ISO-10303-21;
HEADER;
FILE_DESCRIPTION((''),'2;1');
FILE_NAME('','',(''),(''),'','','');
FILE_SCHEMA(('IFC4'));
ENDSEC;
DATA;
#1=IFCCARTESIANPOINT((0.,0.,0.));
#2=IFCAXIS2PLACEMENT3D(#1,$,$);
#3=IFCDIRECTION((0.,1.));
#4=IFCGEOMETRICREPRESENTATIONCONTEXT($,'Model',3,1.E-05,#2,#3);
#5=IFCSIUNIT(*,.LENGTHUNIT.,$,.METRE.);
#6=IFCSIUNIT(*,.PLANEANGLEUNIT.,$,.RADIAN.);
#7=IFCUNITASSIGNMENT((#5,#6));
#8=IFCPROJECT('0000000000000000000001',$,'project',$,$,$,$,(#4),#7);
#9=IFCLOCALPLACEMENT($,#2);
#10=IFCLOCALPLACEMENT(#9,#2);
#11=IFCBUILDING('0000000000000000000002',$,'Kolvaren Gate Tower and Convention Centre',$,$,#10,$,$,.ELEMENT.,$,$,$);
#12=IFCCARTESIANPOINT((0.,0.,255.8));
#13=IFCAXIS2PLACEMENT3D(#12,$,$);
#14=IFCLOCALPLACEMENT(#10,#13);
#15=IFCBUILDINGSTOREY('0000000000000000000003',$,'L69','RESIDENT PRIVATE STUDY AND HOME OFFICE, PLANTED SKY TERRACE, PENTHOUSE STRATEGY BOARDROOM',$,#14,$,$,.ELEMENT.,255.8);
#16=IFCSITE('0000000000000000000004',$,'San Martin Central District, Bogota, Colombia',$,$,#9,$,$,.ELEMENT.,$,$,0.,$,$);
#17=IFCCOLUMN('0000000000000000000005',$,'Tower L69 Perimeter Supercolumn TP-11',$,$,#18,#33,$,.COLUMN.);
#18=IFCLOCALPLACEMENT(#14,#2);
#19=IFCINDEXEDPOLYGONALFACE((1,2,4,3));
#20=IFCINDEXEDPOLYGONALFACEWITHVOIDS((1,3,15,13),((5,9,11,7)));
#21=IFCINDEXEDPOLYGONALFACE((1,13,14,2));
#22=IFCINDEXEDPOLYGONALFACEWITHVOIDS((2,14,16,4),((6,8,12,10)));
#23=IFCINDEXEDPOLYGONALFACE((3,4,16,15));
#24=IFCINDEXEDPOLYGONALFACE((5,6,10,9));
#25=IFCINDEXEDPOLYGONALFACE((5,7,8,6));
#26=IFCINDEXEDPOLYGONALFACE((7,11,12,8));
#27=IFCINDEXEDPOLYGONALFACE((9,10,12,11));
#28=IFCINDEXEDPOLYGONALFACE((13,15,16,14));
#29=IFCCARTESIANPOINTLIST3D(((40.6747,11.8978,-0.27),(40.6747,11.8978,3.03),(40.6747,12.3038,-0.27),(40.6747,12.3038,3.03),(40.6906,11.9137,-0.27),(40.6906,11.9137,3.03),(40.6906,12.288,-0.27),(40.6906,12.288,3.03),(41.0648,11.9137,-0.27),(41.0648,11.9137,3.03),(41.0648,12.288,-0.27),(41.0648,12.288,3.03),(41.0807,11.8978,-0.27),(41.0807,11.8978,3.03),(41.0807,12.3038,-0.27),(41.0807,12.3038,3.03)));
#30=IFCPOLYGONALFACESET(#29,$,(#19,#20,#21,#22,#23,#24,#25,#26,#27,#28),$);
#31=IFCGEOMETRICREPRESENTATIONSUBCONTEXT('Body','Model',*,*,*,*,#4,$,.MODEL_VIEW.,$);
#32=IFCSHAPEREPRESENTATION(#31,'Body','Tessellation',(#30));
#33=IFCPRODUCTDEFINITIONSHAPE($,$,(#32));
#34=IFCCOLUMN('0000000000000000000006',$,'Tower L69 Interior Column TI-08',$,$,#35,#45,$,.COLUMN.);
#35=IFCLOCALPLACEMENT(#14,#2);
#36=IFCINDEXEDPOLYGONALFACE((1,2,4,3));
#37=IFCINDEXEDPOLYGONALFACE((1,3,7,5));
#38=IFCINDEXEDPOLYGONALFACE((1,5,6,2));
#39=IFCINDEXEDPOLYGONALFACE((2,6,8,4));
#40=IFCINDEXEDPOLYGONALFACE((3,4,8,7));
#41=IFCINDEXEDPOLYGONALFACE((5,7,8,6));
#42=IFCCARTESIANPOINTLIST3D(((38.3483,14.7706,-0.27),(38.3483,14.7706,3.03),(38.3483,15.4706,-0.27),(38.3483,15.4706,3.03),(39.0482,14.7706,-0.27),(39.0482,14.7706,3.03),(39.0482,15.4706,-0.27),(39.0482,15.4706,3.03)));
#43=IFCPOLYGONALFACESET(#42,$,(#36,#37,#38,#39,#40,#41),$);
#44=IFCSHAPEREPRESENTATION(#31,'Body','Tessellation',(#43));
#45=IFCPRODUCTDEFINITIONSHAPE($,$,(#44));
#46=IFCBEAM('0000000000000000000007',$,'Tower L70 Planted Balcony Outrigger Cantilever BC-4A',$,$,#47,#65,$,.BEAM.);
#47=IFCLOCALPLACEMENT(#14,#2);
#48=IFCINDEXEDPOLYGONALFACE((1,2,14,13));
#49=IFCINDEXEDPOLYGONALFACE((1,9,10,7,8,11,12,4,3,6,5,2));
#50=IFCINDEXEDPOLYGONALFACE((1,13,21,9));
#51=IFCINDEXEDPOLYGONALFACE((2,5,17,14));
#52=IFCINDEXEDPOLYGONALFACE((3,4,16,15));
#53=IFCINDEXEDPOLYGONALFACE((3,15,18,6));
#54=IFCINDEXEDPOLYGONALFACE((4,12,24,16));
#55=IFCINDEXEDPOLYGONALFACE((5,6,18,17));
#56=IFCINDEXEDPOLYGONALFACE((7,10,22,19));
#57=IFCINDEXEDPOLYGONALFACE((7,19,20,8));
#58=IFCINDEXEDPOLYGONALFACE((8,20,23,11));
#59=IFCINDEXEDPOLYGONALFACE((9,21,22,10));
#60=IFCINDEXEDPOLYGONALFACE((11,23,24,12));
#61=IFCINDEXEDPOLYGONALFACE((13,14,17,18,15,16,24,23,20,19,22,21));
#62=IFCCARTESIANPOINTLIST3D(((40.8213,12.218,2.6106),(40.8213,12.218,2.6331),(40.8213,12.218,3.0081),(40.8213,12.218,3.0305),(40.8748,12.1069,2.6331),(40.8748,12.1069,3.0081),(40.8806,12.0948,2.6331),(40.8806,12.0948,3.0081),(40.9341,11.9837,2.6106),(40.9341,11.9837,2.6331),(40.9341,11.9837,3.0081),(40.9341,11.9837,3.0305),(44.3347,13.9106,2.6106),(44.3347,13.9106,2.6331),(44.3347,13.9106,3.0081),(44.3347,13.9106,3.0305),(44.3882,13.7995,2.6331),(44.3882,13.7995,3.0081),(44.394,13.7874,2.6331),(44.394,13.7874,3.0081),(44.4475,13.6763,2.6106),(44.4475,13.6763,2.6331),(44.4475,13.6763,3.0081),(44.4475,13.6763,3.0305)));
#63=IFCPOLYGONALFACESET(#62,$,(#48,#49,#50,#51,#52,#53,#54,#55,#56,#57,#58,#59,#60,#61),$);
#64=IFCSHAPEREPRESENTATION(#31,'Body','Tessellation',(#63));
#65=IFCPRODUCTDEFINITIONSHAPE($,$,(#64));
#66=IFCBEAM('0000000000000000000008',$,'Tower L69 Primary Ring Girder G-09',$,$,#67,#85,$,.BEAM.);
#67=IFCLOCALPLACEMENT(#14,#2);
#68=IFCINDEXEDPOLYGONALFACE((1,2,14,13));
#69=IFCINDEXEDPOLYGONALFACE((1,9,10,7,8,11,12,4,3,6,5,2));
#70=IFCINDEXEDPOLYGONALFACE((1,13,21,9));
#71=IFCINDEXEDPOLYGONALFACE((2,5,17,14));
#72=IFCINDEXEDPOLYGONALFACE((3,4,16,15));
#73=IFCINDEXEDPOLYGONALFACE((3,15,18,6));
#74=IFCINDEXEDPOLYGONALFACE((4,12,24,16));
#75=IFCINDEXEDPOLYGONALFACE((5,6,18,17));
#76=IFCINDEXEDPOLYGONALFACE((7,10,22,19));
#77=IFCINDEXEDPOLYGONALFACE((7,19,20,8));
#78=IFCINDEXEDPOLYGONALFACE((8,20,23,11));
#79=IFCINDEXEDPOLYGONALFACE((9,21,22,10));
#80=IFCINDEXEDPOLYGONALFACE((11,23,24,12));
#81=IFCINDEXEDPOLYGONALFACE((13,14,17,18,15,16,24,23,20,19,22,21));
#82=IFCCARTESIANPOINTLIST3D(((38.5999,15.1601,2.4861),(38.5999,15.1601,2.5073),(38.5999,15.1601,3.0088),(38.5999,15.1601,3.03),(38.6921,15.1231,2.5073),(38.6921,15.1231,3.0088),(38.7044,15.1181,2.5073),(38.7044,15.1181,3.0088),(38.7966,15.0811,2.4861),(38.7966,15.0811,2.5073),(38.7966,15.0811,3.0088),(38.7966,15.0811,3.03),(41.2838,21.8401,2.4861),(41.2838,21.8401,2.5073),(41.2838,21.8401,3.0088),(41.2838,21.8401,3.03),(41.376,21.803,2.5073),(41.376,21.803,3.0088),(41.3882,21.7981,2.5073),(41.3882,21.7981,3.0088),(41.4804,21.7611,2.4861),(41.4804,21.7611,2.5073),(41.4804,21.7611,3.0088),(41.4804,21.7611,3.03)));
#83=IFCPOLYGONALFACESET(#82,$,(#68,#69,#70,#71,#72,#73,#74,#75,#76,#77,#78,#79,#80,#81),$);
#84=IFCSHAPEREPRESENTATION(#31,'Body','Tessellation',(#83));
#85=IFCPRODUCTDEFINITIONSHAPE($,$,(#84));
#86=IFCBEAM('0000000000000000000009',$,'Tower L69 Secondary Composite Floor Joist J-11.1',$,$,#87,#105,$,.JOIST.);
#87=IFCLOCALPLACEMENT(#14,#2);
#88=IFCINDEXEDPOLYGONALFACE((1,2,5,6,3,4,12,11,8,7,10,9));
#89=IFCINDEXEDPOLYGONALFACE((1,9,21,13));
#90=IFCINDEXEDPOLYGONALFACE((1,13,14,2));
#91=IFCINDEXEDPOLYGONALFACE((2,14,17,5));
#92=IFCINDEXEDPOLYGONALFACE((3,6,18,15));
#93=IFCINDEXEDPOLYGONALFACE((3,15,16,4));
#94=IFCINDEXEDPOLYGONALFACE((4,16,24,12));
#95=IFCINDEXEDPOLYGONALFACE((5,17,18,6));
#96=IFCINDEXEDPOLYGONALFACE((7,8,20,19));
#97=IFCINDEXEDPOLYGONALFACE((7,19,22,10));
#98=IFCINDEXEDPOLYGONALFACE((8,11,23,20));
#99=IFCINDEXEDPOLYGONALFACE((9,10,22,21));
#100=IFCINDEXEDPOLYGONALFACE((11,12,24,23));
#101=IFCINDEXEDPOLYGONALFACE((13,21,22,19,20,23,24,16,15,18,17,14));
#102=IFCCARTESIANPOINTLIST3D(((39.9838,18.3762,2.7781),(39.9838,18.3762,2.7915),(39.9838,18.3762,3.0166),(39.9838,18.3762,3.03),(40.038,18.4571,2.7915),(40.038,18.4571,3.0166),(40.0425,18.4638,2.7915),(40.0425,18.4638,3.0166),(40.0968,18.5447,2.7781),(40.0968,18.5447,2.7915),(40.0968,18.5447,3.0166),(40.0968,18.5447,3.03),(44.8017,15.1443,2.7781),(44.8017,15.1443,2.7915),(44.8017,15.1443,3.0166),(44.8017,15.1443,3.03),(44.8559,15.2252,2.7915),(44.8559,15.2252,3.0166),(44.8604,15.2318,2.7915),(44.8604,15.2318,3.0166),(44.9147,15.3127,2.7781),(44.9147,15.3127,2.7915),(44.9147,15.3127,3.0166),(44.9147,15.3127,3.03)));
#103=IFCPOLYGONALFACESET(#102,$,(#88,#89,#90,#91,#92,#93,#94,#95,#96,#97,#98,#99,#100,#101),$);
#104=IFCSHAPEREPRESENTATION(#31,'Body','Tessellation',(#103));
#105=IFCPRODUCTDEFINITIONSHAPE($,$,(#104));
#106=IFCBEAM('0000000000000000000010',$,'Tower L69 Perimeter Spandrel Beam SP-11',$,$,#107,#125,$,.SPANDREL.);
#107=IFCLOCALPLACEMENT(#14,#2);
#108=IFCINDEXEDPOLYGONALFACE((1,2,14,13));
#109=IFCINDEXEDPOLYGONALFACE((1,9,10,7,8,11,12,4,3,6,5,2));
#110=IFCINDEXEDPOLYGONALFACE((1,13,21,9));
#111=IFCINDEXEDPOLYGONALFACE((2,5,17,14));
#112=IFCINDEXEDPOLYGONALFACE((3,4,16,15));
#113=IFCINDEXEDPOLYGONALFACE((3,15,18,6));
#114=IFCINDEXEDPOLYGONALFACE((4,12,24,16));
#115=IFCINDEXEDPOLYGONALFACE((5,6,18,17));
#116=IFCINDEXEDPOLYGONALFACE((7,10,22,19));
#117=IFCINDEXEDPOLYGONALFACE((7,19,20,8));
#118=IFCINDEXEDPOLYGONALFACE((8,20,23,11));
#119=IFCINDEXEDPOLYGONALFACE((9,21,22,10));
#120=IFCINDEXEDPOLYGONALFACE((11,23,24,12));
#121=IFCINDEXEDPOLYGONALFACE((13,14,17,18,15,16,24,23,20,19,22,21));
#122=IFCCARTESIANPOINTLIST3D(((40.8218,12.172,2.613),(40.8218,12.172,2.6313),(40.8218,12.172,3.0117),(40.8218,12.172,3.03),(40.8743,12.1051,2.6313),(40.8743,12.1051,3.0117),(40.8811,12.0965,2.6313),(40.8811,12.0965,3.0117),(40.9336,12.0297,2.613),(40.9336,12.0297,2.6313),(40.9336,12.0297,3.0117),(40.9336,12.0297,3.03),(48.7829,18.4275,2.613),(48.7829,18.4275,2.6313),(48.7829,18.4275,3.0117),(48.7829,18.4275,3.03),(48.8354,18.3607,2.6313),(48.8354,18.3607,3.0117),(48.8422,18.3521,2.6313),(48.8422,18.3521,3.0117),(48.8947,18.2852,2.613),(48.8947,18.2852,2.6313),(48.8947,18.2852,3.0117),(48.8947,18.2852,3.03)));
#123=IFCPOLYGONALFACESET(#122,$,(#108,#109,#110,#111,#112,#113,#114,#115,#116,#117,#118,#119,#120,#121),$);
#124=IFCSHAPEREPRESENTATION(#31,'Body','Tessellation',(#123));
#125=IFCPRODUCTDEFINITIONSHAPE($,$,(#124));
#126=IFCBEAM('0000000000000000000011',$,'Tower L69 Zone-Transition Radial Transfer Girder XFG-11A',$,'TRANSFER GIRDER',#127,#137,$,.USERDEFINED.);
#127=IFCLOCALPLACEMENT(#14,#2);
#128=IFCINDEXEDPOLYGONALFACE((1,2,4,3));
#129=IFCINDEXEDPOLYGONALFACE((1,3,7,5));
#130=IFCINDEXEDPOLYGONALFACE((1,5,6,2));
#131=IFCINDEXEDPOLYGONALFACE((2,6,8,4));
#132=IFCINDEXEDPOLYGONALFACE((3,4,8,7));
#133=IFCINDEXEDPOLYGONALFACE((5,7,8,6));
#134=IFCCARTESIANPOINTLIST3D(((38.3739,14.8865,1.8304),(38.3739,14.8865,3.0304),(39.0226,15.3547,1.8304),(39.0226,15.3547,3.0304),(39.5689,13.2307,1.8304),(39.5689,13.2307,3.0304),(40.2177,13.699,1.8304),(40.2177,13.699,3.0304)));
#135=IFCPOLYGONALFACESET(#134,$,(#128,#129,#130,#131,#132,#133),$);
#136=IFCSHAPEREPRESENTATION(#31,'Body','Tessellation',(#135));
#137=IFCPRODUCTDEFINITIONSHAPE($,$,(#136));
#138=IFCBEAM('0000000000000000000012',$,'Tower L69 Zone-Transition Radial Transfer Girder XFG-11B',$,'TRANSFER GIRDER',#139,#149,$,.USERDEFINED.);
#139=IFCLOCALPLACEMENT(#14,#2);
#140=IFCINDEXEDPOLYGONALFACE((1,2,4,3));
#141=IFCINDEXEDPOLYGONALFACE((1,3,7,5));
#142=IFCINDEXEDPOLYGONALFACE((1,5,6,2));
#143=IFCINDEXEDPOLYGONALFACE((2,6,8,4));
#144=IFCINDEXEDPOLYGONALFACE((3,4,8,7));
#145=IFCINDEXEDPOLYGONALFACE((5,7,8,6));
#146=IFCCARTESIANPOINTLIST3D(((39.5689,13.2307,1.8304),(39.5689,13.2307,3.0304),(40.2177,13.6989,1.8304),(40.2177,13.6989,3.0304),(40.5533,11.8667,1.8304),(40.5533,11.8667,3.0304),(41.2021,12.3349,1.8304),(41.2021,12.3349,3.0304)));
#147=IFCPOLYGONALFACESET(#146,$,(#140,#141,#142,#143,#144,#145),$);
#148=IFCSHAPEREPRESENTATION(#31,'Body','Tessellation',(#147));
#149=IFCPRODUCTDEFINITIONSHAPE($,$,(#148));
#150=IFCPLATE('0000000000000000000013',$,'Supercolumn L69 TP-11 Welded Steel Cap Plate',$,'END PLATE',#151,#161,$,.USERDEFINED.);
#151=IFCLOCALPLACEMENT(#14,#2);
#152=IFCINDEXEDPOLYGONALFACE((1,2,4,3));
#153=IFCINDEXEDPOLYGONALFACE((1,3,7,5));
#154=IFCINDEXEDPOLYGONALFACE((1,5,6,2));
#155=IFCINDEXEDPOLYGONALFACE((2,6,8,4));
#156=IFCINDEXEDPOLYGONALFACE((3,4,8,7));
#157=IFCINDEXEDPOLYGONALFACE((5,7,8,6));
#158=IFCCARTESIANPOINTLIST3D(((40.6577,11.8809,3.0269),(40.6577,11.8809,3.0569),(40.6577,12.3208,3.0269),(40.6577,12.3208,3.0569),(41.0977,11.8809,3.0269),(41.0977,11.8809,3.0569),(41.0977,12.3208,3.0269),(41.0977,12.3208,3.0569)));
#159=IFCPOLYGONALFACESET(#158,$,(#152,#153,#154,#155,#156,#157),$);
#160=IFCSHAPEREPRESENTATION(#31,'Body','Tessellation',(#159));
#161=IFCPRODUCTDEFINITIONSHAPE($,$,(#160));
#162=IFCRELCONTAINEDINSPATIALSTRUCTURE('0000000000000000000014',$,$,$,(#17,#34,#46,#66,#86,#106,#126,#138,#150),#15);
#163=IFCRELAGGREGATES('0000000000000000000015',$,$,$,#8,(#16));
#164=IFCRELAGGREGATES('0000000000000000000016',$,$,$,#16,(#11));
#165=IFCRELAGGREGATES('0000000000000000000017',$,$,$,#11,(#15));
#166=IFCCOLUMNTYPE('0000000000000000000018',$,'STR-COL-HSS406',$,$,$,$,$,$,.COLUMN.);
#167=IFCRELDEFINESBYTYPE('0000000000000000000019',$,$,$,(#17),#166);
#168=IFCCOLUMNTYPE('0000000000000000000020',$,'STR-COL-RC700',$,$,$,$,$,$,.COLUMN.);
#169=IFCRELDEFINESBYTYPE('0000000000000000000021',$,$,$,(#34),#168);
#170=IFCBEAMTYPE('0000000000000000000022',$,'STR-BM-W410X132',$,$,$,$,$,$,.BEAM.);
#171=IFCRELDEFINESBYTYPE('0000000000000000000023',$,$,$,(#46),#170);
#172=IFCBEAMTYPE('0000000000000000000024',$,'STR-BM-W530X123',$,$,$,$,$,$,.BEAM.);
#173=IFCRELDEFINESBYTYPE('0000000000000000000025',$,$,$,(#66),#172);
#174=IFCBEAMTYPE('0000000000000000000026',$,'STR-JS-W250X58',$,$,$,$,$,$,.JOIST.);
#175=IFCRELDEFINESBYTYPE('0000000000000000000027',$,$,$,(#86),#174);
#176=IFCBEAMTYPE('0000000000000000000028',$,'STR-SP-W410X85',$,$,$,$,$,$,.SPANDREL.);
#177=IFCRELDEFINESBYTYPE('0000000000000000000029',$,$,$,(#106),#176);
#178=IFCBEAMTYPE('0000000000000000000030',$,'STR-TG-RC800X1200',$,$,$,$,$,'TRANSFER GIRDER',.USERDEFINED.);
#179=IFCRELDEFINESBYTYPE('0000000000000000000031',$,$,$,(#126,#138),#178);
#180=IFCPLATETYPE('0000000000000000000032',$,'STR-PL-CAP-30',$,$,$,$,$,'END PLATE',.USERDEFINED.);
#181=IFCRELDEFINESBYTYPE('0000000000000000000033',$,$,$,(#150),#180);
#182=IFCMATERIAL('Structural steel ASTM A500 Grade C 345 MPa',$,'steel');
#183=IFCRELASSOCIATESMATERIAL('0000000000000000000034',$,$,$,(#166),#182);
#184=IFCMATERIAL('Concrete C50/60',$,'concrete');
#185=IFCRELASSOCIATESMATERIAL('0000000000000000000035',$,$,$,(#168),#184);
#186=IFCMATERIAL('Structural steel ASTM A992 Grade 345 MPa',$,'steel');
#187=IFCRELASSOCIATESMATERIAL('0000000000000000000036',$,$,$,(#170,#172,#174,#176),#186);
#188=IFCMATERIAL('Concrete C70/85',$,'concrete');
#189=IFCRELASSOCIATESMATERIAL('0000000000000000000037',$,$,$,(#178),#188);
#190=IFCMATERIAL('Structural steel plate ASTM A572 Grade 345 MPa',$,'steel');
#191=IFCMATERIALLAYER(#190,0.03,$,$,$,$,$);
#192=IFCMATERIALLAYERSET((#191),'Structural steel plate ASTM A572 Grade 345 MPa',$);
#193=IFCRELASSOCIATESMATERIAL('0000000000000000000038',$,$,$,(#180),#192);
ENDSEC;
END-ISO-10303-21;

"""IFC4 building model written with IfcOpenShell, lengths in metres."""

from ifc_helpers import new_model, si_unit, direction, frame, origin, origin_2d, place, context, subcontext, project, spatial, rectangle, hollow_rectangle, i_section, extrude, material, layer, layer_set, material_profile, profile_set, type_object, element, save


model = new_model("IFC4")

# Units and contexts
model_context = context("Model", 3, precision=1e-05, world=origin(), true_north=direction((0.0, 1.0)))
body_context = subcontext(model_context, "Body", "Model", "MODEL_VIEW")
ifc_project = project(units=[si_unit("LENGTHUNIT", "METRE"), si_unit("PLANEANGLEUNIT", "RADIAN")], contexts=[model_context])

# Site, building, storey
site_placement = place(None, origin())
site = spatial("IfcSite", under=ifc_project, at=site_placement, Name="San Martin Central District, Bogota, Colombia", CompositionType="ELEMENT", RefElevation=0.0)
building_placement = place(site_placement, origin())
building = spatial("IfcBuilding", under=site, at=building_placement, Name="Kolvaren Gate Tower and Convention Centre", CompositionType="ELEMENT")
storey_placement = place(building_placement, frame((0.0, 0.0, 255.8)))
storey = spatial("IfcBuildingStorey", under=building, at=storey_placement, Name="L69", Description="RESIDENT PRIVATE STUDY AND HOME OFFICE, PLANTED SKY TERRACE, PENTHOUSE STRATEGY BOARDROOM", CompositionType="ELEMENT", Elevation=255.8)

# Columns
ifc_material_1 = material(Name="Structural steel ASTM A500 Grade C 345 MPa", Category="steel")
ifc_material_profile_1 = material_profile(ifc_material_1, hollow_rectangle(XDim=0.406, YDim=0.406, WallThickness=0.0159, at=origin_2d()), Name="HSS406X406X15.9")
ifc_profile_set_1 = profile_set([ifc_material_profile_1], Name="Structural steel ASTM A500 Grade C 345 MPa")
column_type_1 = type_object("IfcColumnType", Name="STR-COL-HSS406", PredefinedType="COLUMN", material=ifc_profile_set_1)
column_1_placement = place(storey_placement, frame((40.8777, 12.1008, -0.27), z_axis=(0.0, 0.0, 1.0), x_axis=(1.0, 0.0, 0.0)))
element("IfcColumn", 1, at=column_1_placement, inside=storey, type_object=column_type_1, Name="Tower L69 Perimeter Supercolumn TP-11", PredefinedType="COLUMN", context=body_context, shape_type="SweptSolid", body=[
    extrude(hollow_rectangle(XDim=0.406, YDim=0.406, WallThickness=0.0159, at=origin_2d()), origin(), (0.0, 0.0, 1.0), 3.3),
])
ifc_material_2 = material(Name="Concrete C50/60", Category="concrete")
ifc_material_profile_2 = material_profile(ifc_material_2, rectangle(XDim=0.7, YDim=0.7, at=origin_2d()), Name="RC-COL-700X700")
ifc_profile_set_2 = profile_set([ifc_material_profile_2], Name="Concrete C50/60")
column_type_2 = type_object("IfcColumnType", Name="STR-COL-RC700", PredefinedType="COLUMN", material=ifc_profile_set_2)
column_2_placement = place(storey_placement, frame((38.6982, 15.1206, -0.27), z_axis=(0.0, 0.0, 1.0), x_axis=(1.0, 0.0, 0.0)))
element("IfcColumn", 2, at=column_2_placement, inside=storey, type_object=column_type_2, Name="Tower L69 Interior Column TI-08", PredefinedType="COLUMN", context=body_context, shape_type="SweptSolid", body=[
    extrude(rectangle(XDim=0.7, YDim=0.7, at=origin_2d()), origin(), (0.0, 0.0, 1.0), 3.3),
])

# Beams
ifc_material_3 = material(Name="Structural steel ASTM A992 Grade 345 MPa", Category="steel")
ifc_material_profile_3 = material_profile(ifc_material_3, i_section(OverallWidth=0.26, OverallDepth=0.4199, WebThickness=0.0134, FlangeThickness=0.0225, at=origin_2d()), Name="W410X132")
ifc_profile_set_3 = profile_set([ifc_material_profile_3], Name="Structural steel ASTM A992 Grade 345 MPa")
beam_type_1 = type_object("IfcBeamType", Name="STR-BM-W410X132", PredefinedType="BEAM", material=ifc_profile_set_3)
beam_1_placement = place(storey_placement, frame((40.8777, 12.1008, 2.8206), z_axis=(0.900904, 0.434019, 0.0), x_axis=(-0.434019, 0.900904, 0.0)))
element("IfcBeam", 3, at=beam_1_placement, inside=storey, type_object=beam_type_1, Name="Tower L70 Planted Balcony Outrigger Cantilever BC-4A", PredefinedType="BEAM", context=body_context, shape_type="SweptSolid", body=[
    extrude(i_section(OverallWidth=0.26, OverallDepth=0.4199, WebThickness=0.0134, FlangeThickness=0.0225, at=origin_2d()), origin(), (0.0, 0.0, 1.0), 3.8999),
])
ifc_material_profile_4 = material_profile(ifc_material_3, i_section(OverallWidth=0.2119, OverallDepth=0.5439, WebThickness=0.0132, FlangeThickness=0.0212, at=origin_2d()), Name="W530X123")
ifc_profile_set_4 = profile_set([ifc_material_profile_4], Name="Structural steel ASTM A992 Grade 345 MPa")
beam_type_2 = type_object("IfcBeamType", Name="STR-BM-W530X123", PredefinedType="BEAM", material=ifc_profile_set_4)
beam_2_placement = place(storey_placement, frame((38.6982, 15.1206, 2.7581), z_axis=(0.372811, 0.927907, 0.0), x_axis=(-0.927907, 0.372811, 0.0)))
element("IfcBeam", 4, at=beam_2_placement, inside=storey, type_object=beam_type_2, Name="Tower L69 Primary Ring Girder G-09", PredefinedType="BEAM", context=body_context, shape_type="SweptSolid", body=[
    extrude(i_section(OverallWidth=0.2119, OverallDepth=0.5439, WebThickness=0.0132, FlangeThickness=0.0212, at=origin_2d()), origin(), (0.0, 0.0, 1.0), 7.199),
])
ifc_material_profile_5 = material_profile(ifc_material_3, i_section(OverallWidth=0.2029, OverallDepth=0.252, WebThickness=0.0081, FlangeThickness=0.0134, at=origin_2d()), Name="W250X58")
ifc_profile_set_5 = profile_set([ifc_material_profile_5], Name="Structural steel ASTM A992 Grade 345 MPa")
beam_type_3 = type_object("IfcBeamType", Name="STR-JS-W250X58", PredefinedType="JOIST", material=ifc_profile_set_5)
beam_3_placement = place(storey_placement, frame((40.0403, 18.4604, 2.9041), z_axis=(0.830454, -0.557087, 0.0), x_axis=(0.557087, 0.830454, 0.0)))
element("IfcBeam", 5, at=beam_3_placement, inside=storey, type_object=beam_type_3, Name="Tower L69 Secondary Composite Floor Joist J-11.1", PredefinedType="JOIST", context=body_context, shape_type="SweptSolid", body=[
    extrude(i_section(OverallWidth=0.2029, OverallDepth=0.252, WebThickness=0.0081, FlangeThickness=0.0134, at=origin_2d()), origin(), (0.0, 0.0, 1.0), 5.8015),
])
ifc_material_profile_6 = material_profile(ifc_material_3, i_section(OverallWidth=0.1809, OverallDepth=0.417, WebThickness=0.011, FlangeThickness=0.0183, at=origin_2d()), Name="W410X85")
ifc_profile_set_6 = profile_set([ifc_material_profile_6], Name="Structural steel ASTM A992 Grade 345 MPa")
beam_type_4 = type_object("IfcBeamType", Name="STR-SP-W410X85", PredefinedType="SPANDREL", material=ifc_profile_set_6)
beam_4_placement = place(storey_placement, frame((40.8777, 12.1008, 2.8215), z_axis=(0.786299, 0.617846, 0.0), x_axis=(-0.617846, 0.786299, 0.0)))
element("IfcBeam", 6, at=beam_4_placement, inside=storey, type_object=beam_type_4, Name="Tower L69 Perimeter Spandrel Beam SP-11", PredefinedType="SPANDREL", context=body_context, shape_type="SweptSolid", body=[
    extrude(i_section(OverallWidth=0.1809, OverallDepth=0.417, WebThickness=0.011, FlangeThickness=0.0183, at=origin_2d()), origin(), (0.0, 0.0, 1.0), 10.1248),
])
ifc_material_4 = material(Name="Concrete C70/85", Category="concrete")
ifc_material_profile_7 = material_profile(ifc_material_4, rectangle(XDim=0.8, YDim=1.2, at=origin_2d()), Name="RC-BM-800X1200")
ifc_profile_set_7 = profile_set([ifc_material_profile_7], Name="Concrete C70/85")
beam_type_5 = type_object("IfcBeamType", Name="STR-TG-RC800X1200", ElementType="TRANSFER GIRDER", PredefinedType="USERDEFINED", material=ifc_profile_set_7)
beam_5_placement = place(storey_placement, frame((38.6982, 15.1206, 2.4304), z_axis=(0.585246, -0.810856, 0.0), x_axis=(0.810856, 0.585246, 0.0)))
element("IfcBeam", 7, at=beam_5_placement, inside=storey, type_object=beam_type_5, Name="Tower L69 Zone-Transition Radial Transfer Girder XFG-11A", ObjectType="TRANSFER GIRDER", PredefinedType="USERDEFINED", context=body_context, shape_type="SweptSolid", body=[
    extrude(rectangle(XDim=0.8, YDim=1.2, at=origin_2d()), origin(), (0.0, 0.0, 1.0), 2.042),
])
beam_6_placement = place(storey_placement, frame((39.8933, 13.4648, 2.4304), z_axis=(0.585199, -0.81089, 0.0), x_axis=(0.81089, 0.585199, 0.0)))
element("IfcBeam", 8, at=beam_6_placement, inside=storey, type_object=beam_type_5, Name="Tower L69 Zone-Transition Radial Transfer Girder XFG-11B", ObjectType="TRANSFER GIRDER", PredefinedType="USERDEFINED", context=body_context, shape_type="SweptSolid", body=[
    extrude(rectangle(XDim=0.8, YDim=1.2, at=origin_2d()), origin(), (0.0, 0.0, 1.0), 1.6821),
])

# Plate
ifc_material_5 = material(Name="Structural steel plate ASTM A572 Grade 345 MPa", Category="steel")
ifc_layer_1 = layer(ifc_material_5, 0.03)
ifc_layer_set_1 = layer_set([ifc_layer_1], Name="Structural steel plate ASTM A572 Grade 345 MPa")
plate_type = type_object("IfcPlateType", Name="STR-PL-CAP-30", ElementType="END PLATE", PredefinedType="USERDEFINED", material=ifc_layer_set_1)
plate_placement = place(storey_placement, frame((40.8777, 12.1008, 3.0269), z_axis=(0.0, 0.0, 1.0), x_axis=(1.0, 0.0, 0.0)))
element("IfcPlate", 9, at=plate_placement, inside=storey, type_object=plate_type, Name="Supercolumn L69 TP-11 Welded Steel Cap Plate", ObjectType="END PLATE", PredefinedType="USERDEFINED", context=body_context, shape_type="SweptSolid", body=[
    extrude(rectangle(XDim=0.4399, YDim=0.4399, at=origin_2d()), origin(), (0.0, 0.0, 1.0), 0.03),
])

save(model, "model.ifc")
